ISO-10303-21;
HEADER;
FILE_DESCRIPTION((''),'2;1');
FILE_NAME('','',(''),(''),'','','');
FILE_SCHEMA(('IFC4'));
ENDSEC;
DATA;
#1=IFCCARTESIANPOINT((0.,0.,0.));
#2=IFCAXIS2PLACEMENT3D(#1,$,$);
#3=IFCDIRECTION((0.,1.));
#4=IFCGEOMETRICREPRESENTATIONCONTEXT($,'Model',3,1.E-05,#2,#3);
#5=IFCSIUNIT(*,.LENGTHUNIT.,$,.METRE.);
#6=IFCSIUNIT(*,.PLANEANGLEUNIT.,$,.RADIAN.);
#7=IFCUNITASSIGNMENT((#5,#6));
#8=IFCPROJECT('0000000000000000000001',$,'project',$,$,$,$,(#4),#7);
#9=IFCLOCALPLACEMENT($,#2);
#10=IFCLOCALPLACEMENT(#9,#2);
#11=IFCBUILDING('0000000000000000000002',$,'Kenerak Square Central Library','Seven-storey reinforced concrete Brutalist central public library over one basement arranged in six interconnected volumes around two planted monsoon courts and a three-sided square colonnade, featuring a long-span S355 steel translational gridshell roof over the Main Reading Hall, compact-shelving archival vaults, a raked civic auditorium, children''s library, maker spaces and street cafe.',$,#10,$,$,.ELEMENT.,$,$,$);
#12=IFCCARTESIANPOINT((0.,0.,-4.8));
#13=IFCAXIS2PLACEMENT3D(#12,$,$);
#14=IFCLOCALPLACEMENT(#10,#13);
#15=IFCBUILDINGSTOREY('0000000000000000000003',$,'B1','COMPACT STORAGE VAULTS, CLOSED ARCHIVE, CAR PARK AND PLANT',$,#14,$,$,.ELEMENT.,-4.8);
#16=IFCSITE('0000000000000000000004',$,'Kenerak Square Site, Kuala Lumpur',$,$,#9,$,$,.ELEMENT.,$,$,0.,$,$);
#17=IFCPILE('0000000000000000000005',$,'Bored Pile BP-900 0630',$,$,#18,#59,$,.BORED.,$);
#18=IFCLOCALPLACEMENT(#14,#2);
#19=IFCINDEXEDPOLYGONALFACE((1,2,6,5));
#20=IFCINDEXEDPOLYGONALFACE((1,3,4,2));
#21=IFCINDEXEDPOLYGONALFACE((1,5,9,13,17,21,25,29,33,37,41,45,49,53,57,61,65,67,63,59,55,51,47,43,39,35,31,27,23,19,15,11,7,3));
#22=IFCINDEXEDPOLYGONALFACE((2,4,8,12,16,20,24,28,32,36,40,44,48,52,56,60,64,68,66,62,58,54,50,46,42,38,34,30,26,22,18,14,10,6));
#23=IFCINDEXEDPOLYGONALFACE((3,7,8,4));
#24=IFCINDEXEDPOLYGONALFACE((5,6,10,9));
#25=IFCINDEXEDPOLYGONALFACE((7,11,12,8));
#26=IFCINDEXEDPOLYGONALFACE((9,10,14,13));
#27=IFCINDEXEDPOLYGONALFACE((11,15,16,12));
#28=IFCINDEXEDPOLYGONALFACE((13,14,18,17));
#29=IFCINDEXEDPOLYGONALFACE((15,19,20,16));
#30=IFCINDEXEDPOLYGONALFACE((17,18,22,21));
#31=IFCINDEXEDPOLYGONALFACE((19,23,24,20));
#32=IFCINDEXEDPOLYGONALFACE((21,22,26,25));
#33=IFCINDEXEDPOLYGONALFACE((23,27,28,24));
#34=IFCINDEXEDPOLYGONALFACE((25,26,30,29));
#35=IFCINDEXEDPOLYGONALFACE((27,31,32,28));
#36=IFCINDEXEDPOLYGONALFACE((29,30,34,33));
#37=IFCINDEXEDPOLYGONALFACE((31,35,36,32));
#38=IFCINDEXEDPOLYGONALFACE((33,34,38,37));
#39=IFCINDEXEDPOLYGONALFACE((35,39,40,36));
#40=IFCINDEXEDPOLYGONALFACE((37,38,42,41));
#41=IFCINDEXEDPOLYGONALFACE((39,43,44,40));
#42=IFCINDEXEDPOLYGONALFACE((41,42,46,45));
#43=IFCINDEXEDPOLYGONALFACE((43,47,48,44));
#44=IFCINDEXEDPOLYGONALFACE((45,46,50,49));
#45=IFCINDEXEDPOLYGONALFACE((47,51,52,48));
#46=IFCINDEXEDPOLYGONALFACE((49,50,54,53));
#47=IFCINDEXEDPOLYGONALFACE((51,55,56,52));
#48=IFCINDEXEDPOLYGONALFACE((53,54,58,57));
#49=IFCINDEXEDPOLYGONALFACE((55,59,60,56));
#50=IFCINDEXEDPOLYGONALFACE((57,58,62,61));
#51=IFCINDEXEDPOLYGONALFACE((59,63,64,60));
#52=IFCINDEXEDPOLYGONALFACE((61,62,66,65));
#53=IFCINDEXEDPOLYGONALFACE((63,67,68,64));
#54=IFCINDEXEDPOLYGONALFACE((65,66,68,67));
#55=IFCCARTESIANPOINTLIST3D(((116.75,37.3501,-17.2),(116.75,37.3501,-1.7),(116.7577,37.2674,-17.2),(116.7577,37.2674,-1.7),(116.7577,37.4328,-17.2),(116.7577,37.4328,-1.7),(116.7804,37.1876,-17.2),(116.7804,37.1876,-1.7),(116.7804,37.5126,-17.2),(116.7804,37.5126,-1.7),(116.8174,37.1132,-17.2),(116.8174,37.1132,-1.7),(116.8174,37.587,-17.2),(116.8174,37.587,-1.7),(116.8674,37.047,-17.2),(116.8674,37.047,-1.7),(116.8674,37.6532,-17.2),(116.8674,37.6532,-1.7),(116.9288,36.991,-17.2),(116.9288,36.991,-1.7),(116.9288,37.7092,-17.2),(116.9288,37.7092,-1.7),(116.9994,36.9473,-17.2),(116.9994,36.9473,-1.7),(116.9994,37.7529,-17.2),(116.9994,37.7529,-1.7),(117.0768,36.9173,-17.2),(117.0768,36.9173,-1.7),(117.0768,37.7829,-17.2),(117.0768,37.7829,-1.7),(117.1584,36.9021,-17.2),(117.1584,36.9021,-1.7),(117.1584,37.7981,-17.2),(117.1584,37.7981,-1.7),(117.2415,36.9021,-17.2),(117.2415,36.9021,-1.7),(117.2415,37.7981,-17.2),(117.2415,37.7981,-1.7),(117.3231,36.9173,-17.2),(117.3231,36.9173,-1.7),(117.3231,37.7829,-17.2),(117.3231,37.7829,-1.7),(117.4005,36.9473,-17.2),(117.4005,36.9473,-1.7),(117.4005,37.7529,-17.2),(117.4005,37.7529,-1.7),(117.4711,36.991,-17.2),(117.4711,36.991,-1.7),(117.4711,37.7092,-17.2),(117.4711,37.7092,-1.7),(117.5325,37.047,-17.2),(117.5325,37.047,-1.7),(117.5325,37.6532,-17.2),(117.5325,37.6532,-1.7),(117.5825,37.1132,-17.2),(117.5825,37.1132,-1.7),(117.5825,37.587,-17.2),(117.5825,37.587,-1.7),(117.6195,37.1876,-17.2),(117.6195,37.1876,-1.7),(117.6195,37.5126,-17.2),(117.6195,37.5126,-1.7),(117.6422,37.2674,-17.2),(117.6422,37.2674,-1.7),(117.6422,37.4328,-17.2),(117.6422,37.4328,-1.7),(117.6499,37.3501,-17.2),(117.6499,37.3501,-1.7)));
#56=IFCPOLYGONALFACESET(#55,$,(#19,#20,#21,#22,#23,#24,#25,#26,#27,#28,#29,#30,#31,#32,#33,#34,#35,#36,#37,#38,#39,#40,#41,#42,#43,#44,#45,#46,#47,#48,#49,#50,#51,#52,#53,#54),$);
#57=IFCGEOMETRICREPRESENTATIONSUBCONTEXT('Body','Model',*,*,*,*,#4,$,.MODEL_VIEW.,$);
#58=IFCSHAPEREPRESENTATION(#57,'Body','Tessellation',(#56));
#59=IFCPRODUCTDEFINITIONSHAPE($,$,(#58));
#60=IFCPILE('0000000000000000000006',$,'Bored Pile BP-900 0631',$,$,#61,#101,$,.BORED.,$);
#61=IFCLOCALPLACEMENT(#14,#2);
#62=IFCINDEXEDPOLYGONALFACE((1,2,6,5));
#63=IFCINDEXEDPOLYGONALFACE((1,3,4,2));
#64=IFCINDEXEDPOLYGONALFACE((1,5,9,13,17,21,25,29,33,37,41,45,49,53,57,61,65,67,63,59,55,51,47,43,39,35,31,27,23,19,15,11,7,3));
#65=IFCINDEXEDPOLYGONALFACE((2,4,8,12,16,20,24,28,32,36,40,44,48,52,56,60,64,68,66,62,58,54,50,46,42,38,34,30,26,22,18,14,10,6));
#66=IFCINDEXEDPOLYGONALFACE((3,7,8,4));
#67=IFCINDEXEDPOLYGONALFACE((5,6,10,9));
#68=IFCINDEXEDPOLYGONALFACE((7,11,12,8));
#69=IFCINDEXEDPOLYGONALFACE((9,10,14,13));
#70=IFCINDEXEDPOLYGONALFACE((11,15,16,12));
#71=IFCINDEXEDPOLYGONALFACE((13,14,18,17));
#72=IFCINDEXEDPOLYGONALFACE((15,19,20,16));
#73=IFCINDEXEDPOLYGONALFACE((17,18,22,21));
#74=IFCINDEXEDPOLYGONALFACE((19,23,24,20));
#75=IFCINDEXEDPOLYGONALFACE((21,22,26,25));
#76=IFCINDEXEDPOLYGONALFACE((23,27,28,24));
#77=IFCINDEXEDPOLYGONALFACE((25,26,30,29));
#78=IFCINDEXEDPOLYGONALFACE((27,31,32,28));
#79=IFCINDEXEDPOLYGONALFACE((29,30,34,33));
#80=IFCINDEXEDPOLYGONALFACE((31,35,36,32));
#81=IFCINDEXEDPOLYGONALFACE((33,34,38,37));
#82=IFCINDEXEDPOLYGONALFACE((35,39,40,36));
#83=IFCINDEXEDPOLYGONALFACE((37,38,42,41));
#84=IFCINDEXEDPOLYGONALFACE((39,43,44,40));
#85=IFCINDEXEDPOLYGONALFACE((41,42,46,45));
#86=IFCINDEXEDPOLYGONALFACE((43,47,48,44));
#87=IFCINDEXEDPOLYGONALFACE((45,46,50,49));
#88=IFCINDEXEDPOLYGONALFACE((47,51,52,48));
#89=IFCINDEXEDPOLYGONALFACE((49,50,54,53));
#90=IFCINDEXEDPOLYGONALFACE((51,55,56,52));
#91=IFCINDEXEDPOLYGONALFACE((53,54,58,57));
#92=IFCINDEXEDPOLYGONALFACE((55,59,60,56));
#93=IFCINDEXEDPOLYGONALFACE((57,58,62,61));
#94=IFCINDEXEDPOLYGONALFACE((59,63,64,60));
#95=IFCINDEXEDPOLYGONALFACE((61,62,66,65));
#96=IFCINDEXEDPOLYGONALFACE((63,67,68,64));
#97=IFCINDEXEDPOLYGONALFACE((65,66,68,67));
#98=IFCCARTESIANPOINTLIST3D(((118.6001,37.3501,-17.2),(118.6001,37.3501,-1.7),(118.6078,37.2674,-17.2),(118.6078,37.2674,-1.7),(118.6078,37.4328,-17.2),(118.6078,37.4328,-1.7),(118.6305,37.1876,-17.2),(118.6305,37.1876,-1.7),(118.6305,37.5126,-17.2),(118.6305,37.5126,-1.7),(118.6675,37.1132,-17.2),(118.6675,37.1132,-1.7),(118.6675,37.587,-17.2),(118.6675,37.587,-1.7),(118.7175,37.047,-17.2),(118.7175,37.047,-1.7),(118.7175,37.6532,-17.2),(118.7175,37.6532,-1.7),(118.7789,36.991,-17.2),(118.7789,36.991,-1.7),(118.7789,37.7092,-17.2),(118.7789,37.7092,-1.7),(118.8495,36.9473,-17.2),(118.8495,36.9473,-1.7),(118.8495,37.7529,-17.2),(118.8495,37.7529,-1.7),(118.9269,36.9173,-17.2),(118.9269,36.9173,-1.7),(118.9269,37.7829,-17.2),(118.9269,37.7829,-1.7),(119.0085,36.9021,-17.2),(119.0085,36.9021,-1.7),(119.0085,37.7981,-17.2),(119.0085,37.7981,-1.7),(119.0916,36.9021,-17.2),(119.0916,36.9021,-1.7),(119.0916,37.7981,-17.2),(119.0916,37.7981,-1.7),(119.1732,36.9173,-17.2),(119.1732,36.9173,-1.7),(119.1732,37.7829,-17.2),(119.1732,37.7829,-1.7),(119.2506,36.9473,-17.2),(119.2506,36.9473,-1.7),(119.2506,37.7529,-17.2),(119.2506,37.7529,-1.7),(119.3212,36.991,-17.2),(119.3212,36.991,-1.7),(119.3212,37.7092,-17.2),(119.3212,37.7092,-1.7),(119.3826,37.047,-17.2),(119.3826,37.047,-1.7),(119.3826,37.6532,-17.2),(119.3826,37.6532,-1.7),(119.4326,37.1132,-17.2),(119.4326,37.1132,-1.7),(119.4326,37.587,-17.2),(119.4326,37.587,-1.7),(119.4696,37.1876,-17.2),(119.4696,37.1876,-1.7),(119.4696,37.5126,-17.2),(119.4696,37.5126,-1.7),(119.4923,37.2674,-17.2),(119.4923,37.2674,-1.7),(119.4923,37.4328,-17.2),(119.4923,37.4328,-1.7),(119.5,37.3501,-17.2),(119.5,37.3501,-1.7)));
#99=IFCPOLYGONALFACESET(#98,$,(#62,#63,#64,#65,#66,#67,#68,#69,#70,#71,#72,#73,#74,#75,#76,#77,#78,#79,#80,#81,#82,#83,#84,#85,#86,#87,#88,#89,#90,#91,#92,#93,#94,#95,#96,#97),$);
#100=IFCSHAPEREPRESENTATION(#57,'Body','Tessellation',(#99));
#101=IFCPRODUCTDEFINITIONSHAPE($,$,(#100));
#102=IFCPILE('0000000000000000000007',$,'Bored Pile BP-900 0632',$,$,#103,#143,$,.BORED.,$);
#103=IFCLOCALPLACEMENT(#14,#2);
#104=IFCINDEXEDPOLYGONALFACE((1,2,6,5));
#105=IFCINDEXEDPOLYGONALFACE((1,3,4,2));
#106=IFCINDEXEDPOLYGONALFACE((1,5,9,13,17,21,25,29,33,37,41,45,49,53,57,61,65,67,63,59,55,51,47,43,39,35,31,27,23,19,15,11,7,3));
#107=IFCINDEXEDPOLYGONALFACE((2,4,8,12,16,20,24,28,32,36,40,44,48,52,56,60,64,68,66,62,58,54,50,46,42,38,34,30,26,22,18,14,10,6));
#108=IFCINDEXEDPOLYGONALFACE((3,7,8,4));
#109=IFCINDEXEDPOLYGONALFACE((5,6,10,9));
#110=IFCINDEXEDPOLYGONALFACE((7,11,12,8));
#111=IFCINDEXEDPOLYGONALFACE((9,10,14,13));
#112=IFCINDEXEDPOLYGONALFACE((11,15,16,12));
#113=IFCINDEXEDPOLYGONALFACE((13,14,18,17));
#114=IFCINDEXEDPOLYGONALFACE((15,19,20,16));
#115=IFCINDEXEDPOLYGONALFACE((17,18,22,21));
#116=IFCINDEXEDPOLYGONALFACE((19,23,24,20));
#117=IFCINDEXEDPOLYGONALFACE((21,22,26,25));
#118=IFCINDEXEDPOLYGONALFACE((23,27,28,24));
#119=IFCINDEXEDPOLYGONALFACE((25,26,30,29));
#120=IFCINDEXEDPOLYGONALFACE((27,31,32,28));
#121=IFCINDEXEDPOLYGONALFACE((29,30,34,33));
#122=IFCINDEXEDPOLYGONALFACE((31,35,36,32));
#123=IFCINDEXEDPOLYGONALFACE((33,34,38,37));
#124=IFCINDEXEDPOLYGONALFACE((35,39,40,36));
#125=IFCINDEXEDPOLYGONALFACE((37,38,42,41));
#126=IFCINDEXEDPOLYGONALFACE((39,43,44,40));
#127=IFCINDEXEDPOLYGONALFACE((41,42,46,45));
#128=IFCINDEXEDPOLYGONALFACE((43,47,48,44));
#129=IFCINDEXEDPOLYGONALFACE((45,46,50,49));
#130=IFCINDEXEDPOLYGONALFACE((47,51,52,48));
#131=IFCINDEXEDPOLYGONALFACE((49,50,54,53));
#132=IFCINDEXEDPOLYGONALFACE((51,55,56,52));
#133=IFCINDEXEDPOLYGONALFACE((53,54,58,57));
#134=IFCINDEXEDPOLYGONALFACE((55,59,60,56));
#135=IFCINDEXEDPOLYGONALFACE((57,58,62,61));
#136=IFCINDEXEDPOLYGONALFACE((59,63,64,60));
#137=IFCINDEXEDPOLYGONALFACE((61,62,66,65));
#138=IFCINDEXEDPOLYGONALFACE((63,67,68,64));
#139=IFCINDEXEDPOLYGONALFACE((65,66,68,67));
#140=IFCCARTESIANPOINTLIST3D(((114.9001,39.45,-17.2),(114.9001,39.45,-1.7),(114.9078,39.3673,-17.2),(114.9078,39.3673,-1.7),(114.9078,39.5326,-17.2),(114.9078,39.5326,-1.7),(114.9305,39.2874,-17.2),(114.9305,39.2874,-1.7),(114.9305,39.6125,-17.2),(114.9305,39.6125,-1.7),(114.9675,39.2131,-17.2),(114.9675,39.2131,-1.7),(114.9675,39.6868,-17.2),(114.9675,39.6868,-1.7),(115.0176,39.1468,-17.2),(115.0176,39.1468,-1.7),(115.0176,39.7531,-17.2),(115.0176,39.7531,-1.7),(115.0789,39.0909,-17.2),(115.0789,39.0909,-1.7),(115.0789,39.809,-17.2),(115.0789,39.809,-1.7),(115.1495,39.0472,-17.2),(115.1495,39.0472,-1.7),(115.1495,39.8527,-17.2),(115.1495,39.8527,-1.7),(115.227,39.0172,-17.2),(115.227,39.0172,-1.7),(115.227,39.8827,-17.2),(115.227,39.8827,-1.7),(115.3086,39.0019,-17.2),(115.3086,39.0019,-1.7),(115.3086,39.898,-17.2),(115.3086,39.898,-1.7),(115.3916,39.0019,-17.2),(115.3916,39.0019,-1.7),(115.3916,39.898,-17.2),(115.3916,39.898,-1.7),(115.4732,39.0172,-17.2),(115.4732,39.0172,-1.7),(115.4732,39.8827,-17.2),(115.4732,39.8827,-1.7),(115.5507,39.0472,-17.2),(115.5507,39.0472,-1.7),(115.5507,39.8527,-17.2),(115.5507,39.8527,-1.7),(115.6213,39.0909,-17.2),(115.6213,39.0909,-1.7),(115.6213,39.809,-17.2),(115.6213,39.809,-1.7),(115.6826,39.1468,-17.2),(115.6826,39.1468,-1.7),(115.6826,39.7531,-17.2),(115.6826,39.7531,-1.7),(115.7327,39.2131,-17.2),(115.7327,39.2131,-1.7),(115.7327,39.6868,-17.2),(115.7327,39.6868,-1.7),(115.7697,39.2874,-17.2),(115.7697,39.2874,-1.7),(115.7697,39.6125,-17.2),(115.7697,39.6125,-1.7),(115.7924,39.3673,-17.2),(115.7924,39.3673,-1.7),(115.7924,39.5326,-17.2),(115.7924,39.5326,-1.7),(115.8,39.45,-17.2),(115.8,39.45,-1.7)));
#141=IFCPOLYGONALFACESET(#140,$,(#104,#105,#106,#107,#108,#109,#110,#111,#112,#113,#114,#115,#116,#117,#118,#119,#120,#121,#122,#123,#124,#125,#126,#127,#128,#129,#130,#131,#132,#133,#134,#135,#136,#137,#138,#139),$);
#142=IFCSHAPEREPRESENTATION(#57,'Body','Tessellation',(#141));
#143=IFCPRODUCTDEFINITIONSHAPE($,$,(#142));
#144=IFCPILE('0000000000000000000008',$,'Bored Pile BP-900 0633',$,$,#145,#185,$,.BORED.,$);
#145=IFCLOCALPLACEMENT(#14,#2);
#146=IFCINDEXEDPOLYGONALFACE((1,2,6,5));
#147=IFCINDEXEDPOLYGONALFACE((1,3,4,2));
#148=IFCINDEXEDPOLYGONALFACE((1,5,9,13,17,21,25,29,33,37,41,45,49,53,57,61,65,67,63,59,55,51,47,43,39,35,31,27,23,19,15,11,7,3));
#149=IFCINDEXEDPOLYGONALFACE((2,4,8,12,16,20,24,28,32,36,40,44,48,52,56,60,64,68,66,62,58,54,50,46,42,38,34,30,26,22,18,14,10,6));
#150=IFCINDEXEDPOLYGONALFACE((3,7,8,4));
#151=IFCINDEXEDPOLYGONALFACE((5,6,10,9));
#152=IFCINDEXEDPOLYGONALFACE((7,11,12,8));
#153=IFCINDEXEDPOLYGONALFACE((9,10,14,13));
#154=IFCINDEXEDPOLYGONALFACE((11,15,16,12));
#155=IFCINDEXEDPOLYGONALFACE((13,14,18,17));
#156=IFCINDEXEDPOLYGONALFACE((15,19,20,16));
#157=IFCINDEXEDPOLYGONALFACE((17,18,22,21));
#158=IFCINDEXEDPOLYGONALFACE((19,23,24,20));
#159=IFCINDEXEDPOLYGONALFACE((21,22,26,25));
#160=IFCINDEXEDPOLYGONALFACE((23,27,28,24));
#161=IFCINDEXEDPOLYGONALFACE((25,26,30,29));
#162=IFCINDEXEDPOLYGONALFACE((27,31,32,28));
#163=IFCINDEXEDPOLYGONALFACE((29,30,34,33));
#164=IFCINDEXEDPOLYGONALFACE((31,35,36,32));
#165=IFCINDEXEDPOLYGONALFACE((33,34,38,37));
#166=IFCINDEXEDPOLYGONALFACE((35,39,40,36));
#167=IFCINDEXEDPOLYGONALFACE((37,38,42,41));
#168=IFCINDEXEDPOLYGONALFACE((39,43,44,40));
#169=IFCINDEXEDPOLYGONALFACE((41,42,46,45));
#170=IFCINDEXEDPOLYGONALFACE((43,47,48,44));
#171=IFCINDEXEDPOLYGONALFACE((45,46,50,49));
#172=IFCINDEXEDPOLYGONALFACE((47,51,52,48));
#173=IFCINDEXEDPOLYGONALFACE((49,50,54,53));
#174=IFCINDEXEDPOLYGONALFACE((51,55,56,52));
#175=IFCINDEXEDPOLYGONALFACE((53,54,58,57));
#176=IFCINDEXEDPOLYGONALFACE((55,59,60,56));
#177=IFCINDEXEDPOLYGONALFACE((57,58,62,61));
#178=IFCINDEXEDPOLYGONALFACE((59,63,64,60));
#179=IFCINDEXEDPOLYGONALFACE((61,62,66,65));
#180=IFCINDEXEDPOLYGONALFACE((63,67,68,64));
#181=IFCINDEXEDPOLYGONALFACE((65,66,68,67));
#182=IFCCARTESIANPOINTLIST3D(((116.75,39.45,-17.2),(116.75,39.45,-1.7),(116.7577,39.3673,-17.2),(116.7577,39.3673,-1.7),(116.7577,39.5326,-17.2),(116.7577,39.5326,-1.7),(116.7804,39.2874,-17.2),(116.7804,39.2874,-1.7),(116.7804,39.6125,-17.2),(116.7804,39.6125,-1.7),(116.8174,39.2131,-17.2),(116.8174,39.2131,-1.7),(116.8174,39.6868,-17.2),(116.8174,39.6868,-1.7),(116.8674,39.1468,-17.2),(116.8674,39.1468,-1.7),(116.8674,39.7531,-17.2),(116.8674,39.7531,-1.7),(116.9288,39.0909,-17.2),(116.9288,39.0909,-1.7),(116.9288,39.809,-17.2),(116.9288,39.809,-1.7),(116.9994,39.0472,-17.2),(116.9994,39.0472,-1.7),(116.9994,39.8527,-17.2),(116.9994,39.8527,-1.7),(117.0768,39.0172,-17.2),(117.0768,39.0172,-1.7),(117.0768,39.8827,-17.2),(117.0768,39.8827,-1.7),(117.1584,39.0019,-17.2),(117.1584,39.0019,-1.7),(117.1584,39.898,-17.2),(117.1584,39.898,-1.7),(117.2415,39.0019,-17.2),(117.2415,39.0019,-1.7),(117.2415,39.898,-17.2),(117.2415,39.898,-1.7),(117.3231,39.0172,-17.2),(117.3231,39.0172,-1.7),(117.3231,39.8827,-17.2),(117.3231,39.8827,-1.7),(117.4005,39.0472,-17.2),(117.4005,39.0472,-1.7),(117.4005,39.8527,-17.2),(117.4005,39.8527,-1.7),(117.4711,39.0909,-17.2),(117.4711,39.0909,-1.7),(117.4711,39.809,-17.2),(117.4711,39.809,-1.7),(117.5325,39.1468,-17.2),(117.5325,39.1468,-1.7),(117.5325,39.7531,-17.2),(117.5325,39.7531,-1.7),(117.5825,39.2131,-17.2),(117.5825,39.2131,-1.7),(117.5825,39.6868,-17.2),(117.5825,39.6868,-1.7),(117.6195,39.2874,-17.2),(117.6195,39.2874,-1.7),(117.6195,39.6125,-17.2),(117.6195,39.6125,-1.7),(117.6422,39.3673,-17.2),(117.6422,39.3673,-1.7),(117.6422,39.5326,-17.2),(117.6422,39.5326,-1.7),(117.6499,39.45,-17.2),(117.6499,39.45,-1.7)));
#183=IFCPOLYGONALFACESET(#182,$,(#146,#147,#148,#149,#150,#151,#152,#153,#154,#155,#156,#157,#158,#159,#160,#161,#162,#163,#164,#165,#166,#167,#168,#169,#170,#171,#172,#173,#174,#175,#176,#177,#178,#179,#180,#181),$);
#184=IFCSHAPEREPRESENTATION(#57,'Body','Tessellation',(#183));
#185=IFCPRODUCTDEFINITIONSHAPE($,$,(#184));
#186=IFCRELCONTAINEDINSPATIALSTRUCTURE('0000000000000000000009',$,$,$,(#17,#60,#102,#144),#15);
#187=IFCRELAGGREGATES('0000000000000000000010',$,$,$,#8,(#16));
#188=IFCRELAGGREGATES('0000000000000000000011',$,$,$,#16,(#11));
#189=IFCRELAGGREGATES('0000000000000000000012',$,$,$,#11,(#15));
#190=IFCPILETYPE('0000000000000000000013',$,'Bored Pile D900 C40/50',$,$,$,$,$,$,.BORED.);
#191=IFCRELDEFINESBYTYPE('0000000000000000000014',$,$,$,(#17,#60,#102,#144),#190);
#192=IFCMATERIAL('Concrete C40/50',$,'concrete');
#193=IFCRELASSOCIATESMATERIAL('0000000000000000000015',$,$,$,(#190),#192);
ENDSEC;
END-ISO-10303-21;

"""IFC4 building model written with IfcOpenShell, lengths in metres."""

from ifc_helpers import new_model, si_unit, direction, frame, origin, origin_2d, place, context, subcontext, project, spatial, circle, extrude, material, material_profile, profile_set, type_object, element, save


model = new_model("IFC4")

# Units and contexts
model_context = context("Model", 3, precision=1e-05, world=origin(), true_north=direction((0.0, 1.0)))
body_context = subcontext(model_context, "Body", "Model", "MODEL_VIEW")
ifc_project = project(units=[si_unit("LENGTHUNIT", "METRE"), si_unit("PLANEANGLEUNIT", "RADIAN")], contexts=[model_context])

# Site, building, storey
site_placement = place(None, origin())
site = spatial("IfcSite", under=ifc_project, at=site_placement, Name="Kenerak Square Site, Kuala Lumpur", CompositionType="ELEMENT", RefElevation=0.0)
building_placement = place(site_placement, origin())
building = spatial("IfcBuilding", under=site, at=building_placement, Name="Kenerak Square Central Library", Description="Seven-storey reinforced concrete Brutalist central public library over one basement arranged in six interconnected volumes around two planted monsoon courts and a three-sided square colonnade, featuring a long-span S355 steel translational gridshell roof over the Main Reading Hall, compact-shelving archival vaults, a raked civic auditorium, children's library, maker spaces and street cafe.", CompositionType="ELEMENT")
storey_placement = place(building_placement, frame((0.0, 0.0, -4.8)))
storey = spatial("IfcBuildingStorey", under=building, at=storey_placement, Name="B1", Description="COMPACT STORAGE VAULTS, CLOSED ARCHIVE, CAR PARK AND PLANT", CompositionType="ELEMENT", Elevation=-4.8)

# Piles
ifc_material_1 = material(Name="Concrete C40/50", Category="concrete")
ifc_material_profile_1 = material_profile(ifc_material_1, circle(Radius=0.45, at=origin_2d()), Name="BP D900")
ifc_profile_set_1 = profile_set([ifc_material_profile_1], Name="Concrete C40/50")
pile_type_1 = type_object("IfcPileType", Name="Bored Pile D900 C40/50", PredefinedType="BORED", material=ifc_profile_set_1)
for number, where, z_axis, x_axis, name in (
    (1, (117.2, 37.3501, -1.7), (0.0, 0.0, -1.0), (1.0, 0.0, 0.0), "Bored Pile BP-900 0630"),
    (2, (119.05, 37.3501, -1.7), (0.0, 0.0, -1.0), (1.0, 0.0, 0.0), "Bored Pile BP-900 0631"),
    (3, (115.3501, 39.45, -1.7), (0.0, 0.0, -1.0), (1.0, 0.0, 0.0), "Bored Pile BP-900 0632"),
    (4, (117.2, 39.45, -1.7), (0.0, 0.0, -1.0), (1.0, 0.0, 0.0), "Bored Pile BP-900 0633"),
):
    element("IfcPile", number, at=place(storey_placement, frame(where, z_axis=z_axis, x_axis=x_axis)), inside=storey, type_object=pile_type_1, Name=name, PredefinedType="BORED", context=body_context, shape_type="SweptSolid", body=[
        extrude(circle(Radius=0.45, at=origin_2d()), origin(), (0.0, 0.0, 1.0), 15.5),
    ])

save(model, "model.ifc")
